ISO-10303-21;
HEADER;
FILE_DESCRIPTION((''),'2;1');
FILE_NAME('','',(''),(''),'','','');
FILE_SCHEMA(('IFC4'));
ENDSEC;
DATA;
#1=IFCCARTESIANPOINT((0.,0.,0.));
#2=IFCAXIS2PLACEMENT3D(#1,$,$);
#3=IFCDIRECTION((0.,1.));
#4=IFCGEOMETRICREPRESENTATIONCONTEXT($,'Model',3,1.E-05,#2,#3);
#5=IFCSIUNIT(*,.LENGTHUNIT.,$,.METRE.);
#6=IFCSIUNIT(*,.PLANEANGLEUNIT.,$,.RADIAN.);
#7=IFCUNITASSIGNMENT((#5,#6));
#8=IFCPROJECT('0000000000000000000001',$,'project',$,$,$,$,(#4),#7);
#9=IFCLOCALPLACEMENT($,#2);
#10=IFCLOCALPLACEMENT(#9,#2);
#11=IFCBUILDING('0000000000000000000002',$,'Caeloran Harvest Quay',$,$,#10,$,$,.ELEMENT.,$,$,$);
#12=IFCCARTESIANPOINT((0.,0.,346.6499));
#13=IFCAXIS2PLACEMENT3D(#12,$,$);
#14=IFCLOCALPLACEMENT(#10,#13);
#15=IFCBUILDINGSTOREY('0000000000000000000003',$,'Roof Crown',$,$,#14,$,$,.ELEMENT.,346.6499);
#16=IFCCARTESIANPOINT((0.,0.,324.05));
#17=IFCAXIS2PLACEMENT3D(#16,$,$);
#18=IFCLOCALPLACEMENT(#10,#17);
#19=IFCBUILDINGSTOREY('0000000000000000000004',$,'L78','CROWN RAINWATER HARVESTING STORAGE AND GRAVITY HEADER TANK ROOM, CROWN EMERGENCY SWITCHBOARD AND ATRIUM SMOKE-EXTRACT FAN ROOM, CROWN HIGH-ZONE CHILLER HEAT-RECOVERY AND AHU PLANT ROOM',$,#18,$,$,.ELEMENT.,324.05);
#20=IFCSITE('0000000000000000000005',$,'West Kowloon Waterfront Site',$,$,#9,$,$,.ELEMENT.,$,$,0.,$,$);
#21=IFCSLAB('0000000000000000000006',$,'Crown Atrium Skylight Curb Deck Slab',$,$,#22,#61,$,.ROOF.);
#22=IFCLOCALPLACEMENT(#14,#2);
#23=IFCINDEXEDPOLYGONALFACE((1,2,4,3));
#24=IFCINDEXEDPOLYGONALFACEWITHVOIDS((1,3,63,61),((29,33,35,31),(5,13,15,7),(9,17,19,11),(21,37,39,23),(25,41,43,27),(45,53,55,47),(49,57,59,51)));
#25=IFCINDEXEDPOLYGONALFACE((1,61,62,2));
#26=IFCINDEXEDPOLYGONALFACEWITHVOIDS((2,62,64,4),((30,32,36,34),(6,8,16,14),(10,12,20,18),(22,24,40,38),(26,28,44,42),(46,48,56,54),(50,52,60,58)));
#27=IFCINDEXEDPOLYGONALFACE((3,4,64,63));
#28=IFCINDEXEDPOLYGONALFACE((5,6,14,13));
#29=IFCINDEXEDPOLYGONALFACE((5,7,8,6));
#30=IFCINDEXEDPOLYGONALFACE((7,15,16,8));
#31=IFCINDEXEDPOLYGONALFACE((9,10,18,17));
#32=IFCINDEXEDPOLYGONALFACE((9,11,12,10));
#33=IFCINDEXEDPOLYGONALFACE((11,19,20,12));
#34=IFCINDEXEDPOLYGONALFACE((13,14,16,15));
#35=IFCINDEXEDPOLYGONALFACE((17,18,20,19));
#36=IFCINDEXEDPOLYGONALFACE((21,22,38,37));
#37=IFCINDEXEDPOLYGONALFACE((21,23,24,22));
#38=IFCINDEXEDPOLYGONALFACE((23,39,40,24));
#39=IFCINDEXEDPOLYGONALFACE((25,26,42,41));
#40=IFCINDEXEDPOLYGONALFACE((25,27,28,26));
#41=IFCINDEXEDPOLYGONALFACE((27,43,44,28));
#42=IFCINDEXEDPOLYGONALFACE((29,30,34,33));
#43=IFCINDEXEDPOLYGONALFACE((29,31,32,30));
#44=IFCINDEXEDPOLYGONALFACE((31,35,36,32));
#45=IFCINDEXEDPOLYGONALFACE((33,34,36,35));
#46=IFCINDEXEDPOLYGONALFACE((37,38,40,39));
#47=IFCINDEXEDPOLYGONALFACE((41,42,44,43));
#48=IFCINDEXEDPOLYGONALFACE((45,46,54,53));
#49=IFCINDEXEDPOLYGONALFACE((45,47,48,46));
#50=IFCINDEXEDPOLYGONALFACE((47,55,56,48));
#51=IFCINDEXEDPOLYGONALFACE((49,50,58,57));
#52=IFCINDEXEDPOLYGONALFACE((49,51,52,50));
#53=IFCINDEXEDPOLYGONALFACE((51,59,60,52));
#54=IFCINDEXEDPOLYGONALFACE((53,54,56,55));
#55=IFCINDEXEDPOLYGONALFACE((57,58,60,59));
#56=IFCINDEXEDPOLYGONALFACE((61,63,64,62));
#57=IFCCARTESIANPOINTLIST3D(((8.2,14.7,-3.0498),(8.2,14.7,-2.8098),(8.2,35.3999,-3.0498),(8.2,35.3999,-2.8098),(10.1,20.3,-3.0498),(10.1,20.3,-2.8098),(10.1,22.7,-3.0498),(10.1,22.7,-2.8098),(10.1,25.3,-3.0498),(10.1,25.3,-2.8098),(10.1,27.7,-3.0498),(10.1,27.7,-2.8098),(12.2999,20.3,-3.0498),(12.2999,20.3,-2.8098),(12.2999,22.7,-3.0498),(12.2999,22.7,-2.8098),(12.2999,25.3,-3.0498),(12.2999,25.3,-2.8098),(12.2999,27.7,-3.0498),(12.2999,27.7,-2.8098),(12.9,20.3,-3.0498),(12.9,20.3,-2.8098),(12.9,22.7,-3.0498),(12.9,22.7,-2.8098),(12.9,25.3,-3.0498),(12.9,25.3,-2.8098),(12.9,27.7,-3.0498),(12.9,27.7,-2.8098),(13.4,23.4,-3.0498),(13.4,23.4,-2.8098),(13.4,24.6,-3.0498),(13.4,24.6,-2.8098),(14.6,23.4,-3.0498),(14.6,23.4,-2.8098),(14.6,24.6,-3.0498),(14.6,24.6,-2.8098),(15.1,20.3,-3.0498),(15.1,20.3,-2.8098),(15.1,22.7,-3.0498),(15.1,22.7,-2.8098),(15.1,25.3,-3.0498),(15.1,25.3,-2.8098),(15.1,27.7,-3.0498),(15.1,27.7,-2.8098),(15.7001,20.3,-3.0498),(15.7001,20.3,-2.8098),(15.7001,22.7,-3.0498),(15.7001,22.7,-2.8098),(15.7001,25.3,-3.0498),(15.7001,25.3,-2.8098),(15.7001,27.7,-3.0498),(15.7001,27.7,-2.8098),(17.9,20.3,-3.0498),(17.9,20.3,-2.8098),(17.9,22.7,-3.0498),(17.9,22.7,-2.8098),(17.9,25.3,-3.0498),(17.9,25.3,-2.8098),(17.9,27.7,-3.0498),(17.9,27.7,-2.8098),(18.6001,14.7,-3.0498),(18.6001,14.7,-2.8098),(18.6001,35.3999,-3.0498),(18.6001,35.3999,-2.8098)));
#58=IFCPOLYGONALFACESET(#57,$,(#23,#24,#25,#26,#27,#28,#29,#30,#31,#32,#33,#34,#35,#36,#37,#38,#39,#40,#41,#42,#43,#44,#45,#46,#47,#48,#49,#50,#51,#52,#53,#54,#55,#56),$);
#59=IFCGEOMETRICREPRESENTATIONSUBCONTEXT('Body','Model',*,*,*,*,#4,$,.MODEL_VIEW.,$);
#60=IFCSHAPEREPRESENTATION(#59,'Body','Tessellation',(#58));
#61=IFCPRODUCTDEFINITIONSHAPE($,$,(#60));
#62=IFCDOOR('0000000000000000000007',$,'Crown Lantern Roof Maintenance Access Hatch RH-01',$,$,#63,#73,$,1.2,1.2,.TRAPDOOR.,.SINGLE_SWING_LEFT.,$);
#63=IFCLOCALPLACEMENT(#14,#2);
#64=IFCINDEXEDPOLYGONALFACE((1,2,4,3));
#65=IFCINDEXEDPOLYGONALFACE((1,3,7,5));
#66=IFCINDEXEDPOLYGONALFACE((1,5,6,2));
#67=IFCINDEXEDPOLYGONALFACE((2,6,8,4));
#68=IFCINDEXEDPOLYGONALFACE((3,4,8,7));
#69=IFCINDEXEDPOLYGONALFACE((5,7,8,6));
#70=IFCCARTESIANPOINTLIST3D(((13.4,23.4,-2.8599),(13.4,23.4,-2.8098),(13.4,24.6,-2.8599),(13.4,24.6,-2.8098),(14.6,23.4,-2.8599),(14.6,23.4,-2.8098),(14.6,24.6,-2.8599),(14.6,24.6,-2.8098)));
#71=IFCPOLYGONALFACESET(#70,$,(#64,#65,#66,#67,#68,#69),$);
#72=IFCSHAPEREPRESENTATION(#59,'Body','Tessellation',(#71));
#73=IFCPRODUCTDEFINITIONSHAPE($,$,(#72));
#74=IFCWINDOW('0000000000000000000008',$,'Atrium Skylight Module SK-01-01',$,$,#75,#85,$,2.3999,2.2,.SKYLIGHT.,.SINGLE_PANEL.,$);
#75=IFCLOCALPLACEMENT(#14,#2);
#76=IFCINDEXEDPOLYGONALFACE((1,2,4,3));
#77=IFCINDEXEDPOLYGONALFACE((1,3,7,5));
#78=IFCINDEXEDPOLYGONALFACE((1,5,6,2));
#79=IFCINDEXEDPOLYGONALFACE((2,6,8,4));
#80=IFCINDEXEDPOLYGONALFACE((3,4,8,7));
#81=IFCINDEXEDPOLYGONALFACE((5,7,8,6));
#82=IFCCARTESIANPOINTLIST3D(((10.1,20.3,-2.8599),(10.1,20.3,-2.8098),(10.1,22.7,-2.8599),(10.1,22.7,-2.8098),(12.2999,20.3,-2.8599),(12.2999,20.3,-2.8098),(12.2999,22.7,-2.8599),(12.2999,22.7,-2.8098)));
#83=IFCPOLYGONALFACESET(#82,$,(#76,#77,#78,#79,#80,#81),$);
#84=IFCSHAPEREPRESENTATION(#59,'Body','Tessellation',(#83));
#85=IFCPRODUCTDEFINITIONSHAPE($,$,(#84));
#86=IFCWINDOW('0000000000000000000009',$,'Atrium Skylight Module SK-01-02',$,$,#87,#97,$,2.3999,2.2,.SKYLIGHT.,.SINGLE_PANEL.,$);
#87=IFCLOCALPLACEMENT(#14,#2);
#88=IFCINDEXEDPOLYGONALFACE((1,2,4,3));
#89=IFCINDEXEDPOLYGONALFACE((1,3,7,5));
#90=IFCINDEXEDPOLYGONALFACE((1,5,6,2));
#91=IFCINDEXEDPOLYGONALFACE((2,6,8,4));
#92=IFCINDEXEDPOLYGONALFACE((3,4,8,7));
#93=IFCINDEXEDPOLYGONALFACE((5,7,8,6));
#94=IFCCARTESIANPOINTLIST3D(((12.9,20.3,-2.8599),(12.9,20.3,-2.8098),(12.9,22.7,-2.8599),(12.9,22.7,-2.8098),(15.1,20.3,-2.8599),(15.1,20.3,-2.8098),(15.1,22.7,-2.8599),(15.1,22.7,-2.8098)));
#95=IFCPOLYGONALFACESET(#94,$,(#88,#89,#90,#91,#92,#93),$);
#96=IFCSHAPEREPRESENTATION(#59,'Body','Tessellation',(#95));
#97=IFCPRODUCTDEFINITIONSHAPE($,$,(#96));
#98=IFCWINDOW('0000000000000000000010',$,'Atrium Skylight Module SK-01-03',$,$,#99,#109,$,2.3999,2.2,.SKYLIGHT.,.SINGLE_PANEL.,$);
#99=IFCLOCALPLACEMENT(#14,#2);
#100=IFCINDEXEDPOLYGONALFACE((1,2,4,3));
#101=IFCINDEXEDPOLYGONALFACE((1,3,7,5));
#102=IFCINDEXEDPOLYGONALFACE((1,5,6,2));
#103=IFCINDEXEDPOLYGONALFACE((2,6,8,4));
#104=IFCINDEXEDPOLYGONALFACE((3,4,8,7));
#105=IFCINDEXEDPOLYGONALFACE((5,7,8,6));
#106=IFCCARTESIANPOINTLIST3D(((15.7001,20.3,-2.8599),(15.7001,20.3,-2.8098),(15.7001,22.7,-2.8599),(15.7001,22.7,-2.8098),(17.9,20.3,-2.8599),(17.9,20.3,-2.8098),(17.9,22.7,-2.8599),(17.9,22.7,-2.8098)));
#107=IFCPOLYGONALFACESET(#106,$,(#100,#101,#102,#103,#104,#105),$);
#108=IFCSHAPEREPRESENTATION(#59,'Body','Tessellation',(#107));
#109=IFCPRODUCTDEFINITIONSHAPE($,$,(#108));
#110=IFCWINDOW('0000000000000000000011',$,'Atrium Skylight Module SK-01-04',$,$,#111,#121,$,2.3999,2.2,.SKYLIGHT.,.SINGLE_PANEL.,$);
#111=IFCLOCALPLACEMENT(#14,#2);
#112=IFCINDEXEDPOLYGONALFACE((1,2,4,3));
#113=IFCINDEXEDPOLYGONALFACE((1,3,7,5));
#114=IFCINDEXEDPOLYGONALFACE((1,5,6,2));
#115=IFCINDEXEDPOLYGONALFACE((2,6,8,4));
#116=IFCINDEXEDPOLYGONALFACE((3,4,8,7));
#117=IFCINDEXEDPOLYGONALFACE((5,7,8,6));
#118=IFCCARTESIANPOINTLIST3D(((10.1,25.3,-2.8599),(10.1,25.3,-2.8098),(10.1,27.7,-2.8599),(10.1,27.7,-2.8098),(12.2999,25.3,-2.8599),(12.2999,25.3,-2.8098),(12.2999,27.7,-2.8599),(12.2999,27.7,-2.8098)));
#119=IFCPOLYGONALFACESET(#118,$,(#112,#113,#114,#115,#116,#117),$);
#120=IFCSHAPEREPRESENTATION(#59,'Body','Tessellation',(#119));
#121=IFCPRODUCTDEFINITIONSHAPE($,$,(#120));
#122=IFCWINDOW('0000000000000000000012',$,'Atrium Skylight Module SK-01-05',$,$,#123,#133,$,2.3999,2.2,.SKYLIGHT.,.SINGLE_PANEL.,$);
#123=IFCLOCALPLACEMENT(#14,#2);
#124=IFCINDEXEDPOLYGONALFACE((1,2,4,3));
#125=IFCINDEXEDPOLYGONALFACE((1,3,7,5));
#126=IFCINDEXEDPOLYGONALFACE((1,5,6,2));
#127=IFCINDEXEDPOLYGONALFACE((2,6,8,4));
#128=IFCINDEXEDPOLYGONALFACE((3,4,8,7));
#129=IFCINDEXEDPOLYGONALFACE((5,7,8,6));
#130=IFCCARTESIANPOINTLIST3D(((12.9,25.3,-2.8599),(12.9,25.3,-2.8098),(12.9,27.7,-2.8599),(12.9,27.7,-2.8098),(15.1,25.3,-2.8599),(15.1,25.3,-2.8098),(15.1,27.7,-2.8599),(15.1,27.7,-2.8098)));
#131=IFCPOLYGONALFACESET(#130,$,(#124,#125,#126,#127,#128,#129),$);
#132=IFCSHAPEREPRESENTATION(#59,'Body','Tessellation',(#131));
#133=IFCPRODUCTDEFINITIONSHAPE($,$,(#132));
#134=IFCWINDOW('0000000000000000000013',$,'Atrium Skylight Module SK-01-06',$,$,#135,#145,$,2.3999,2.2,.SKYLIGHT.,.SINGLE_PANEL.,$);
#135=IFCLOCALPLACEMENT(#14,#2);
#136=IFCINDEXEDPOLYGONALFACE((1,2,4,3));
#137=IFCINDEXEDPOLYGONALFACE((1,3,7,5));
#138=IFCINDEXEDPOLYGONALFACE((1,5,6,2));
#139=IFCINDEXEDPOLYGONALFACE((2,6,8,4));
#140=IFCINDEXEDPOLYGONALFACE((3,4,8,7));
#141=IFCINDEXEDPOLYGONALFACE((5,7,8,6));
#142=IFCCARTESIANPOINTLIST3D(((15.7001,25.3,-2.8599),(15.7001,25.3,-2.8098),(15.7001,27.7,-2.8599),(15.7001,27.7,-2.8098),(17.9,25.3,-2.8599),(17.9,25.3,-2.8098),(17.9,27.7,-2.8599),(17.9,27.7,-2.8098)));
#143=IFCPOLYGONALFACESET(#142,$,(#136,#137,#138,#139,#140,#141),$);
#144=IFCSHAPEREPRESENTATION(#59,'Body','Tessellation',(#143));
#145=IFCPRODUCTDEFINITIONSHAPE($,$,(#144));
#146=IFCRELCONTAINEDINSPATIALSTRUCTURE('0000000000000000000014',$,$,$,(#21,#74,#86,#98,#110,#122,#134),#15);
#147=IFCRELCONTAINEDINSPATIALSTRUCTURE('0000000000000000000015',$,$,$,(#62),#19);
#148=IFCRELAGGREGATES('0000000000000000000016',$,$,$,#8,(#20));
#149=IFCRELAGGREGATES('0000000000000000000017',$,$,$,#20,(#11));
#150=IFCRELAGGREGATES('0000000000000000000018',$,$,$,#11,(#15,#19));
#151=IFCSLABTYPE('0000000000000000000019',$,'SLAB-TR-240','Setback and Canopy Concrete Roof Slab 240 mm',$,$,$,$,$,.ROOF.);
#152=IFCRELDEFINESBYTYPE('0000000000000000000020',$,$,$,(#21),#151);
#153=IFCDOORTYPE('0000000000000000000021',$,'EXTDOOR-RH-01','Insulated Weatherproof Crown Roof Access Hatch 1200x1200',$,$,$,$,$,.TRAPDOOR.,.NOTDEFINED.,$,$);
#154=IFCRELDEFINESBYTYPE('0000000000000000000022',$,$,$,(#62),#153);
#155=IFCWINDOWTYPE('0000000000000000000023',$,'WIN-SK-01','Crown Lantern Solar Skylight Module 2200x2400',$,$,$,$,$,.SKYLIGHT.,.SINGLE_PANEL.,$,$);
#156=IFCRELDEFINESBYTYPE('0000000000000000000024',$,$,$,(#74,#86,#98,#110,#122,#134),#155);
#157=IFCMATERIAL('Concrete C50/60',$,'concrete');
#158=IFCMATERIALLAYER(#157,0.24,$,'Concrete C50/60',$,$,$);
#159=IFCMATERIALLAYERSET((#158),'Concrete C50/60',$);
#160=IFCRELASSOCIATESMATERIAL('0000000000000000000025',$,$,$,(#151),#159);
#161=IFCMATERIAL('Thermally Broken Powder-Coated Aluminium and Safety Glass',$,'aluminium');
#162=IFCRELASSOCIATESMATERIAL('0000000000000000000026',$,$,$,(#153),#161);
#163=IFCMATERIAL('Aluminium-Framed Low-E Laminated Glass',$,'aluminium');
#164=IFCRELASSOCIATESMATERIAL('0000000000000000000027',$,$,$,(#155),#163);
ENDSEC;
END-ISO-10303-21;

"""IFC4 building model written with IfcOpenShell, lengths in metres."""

from ifc_helpers import new_model, si_unit, direction, frame, origin, origin_2d, place, context, subcontext, project, spatial, polyline, rectangle, outline, extrude, material, layer, layer_set, type_object, element, fill, save


model = new_model("IFC4")

# Units and contexts
model_context = context("Model", 3, precision=1e-05, world=origin(), true_north=direction((0.0, 1.0)))
body_context = subcontext(model_context, "Body", "Model", "MODEL_VIEW")
ifc_project = project(units=[si_unit("LENGTHUNIT", "METRE"), si_unit("PLANEANGLEUNIT", "RADIAN")], contexts=[model_context])

# Site, building, storey
site_placement = place(None, origin())
site = spatial("IfcSite", under=ifc_project, at=site_placement, Name="West Kowloon Waterfront Site", CompositionType="ELEMENT", RefElevation=0.0)
building_placement = place(site_placement, origin())
building = spatial("IfcBuilding", under=site, at=building_placement, Name="Caeloran Harvest Quay", CompositionType="ELEMENT")
storey_1_placement = place(building_placement, frame((0.0, 0.0, 346.6499)))
storey_1 = spatial("IfcBuildingStorey", under=building, at=storey_1_placement, Name="Roof Crown", CompositionType="ELEMENT", Elevation=346.6499)

# Shared definitions
ifc_material_1 = material(Name="Concrete C50/60", Category="concrete")

# Slab, openings
ifc_layer_1 = layer(ifc_material_1, 0.24, Name="Concrete C50/60")
ifc_layer_set_1 = layer_set([ifc_layer_1], Name="Concrete C50/60")
slab_type_1 = type_object("IfcSlabType", Name="SLAB-TR-240", Description="Setback and Canopy Concrete Roof Slab 240 mm", PredefinedType="ROOF", material=ifc_layer_set_1)
slab_1_placement = place(storey_1_placement, frame((0.0, 0.0, -3.0498)))
slab_1 = element("IfcSlab", 1, at=slab_1_placement, inside=storey_1, type_object=slab_type_1, Name="Crown Atrium Skylight Curb Deck Slab", PredefinedType="ROOF", context=body_context, shape_type="SweptSolid", body=[
    extrude(outline(polyline([(8.2, 14.7), (18.6001, 14.7), (18.6001, 35.3999), (8.2, 35.3999), (8.2, 14.7)])), origin(), (0.0, 0.0, 1.0), 0.24),
])
opening_1_placement = place(slab_1_placement, frame((11.2, 21.5, -0.01)))
opening_1 = element("IfcOpeningElement", 2, at=opening_1_placement, cuts=slab_1, PredefinedType="OPENING", context=body_context, shape_type="SweptSolid", body=[
    extrude(rectangle(XDim=2.2, YDim=2.3999, at=origin_2d()), origin(), (0.0, 0.0, 1.0), 0.26),
])
opening_2_placement = place(slab_1_placement, frame((14.0, 21.5, -0.01)))
opening_2 = element("IfcOpeningElement", 3, at=opening_2_placement, cuts=slab_1, PredefinedType="OPENING", context=body_context, shape_type="SweptSolid", body=[
    extrude(rectangle(XDim=2.2, YDim=2.3999, at=origin_2d()), origin(), (0.0, 0.0, 1.0), 0.26),
])
opening_3_placement = place(slab_1_placement, frame((16.8, 21.5, -0.01)))
opening_3 = element("IfcOpeningElement", 4, at=opening_3_placement, cuts=slab_1, PredefinedType="OPENING", context=body_context, shape_type="SweptSolid", body=[
    extrude(rectangle(XDim=2.2, YDim=2.3999, at=origin_2d()), origin(), (0.0, 0.0, 1.0), 0.26),
])
opening_4_placement = place(slab_1_placement, frame((11.2, 26.5, -0.01)))
opening_4 = element("IfcOpeningElement", 5, at=opening_4_placement, cuts=slab_1, PredefinedType="OPENING", context=body_context, shape_type="SweptSolid", body=[
    extrude(rectangle(XDim=2.2, YDim=2.3999, at=origin_2d()), origin(), (0.0, 0.0, 1.0), 0.26),
])
opening_5_placement = place(slab_1_placement, frame((14.0, 26.5, -0.01)))
opening_5 = element("IfcOpeningElement", 6, at=opening_5_placement, cuts=slab_1, PredefinedType="OPENING", context=body_context, shape_type="SweptSolid", body=[
    extrude(rectangle(XDim=2.2, YDim=2.3999, at=origin_2d()), origin(), (0.0, 0.0, 1.0), 0.26),
])
opening_6_placement = place(slab_1_placement, frame((16.8, 26.5, -0.01)))
opening_6 = element("IfcOpeningElement", 7, at=opening_6_placement, cuts=slab_1, PredefinedType="OPENING", context=body_context, shape_type="SweptSolid", body=[
    extrude(rectangle(XDim=2.2, YDim=2.3999, at=origin_2d()), origin(), (0.0, 0.0, 1.0), 0.26),
])
opening_7_placement = place(slab_1_placement, frame((14.0, 24.0, -0.01)))
opening_7 = element("IfcOpeningElement", 8, at=opening_7_placement, cuts=slab_1, PredefinedType="OPENING", context=body_context, shape_type="SweptSolid", body=[
    extrude(rectangle(XDim=1.2, YDim=1.2, at=origin_2d()), origin(), (0.0, 0.0, 1.0), 0.26),
])

# Shared definitions
storey_2_placement = place(building_placement, frame((0.0, 0.0, 324.05)))
storey_2 = spatial("IfcBuildingStorey", under=building, at=storey_2_placement, Name="L78", Description="CROWN RAINWATER HARVESTING STORAGE AND GRAVITY HEADER TANK ROOM, CROWN EMERGENCY SWITCHBOARD AND ATRIUM SMOKE-EXTRACT FAN ROOM, CROWN HIGH-ZONE CHILLER HEAT-RECOVERY AND AHU PLANT ROOM", CompositionType="ELEMENT", Elevation=324.05)

# Door
ifc_material_2 = material(Name="Thermally Broken Powder-Coated Aluminium and Safety Glass", Category="aluminium")
door_type = type_object("IfcDoorType", Name="EXTDOOR-RH-01", Description="Insulated Weatherproof Crown Roof Access Hatch 1200x1200", OperationType="NOTDEFINED", PredefinedType="TRAPDOOR", material=ifc_material_2)
door_placement = place(slab_1_placement, frame((14.0, 24.0, 0.1899)))
door = element("IfcDoor", 9, at=door_placement, inside=storey_2, type_object=door_type, Name="Crown Lantern Roof Maintenance Access Hatch RH-01", OperationType="SINGLE_SWING_LEFT", OverallHeight=1.2, OverallWidth=1.2, PredefinedType="TRAPDOOR", context=body_context, shape_type="SweptSolid", body=[
    extrude(rectangle(XDim=1.2, YDim=1.2, at=origin_2d()), origin(), (0.0, 0.0, 1.0), 0.05),
])
fill(opening_7, door)

# Windows
ifc_material_3 = material(Name="Aluminium-Framed Low-E Laminated Glass", Category="aluminium")
window_type = type_object("IfcWindowType", Name="WIN-SK-01", Description="Crown Lantern Solar Skylight Module 2200x2400", PartitioningType="SINGLE_PANEL", PredefinedType="SKYLIGHT", material=ifc_material_3)
window_1_placement = place(slab_1_placement, frame((11.2, 21.5, 0.1899)))
window_1 = element("IfcWindow", 10, at=window_1_placement, inside=storey_1, type_object=window_type, Name="Atrium Skylight Module SK-01-01", OverallHeight=2.3999, OverallWidth=2.2, PartitioningType="SINGLE_PANEL", PredefinedType="SKYLIGHT", context=body_context, shape_type="SweptSolid", body=[
    extrude(rectangle(XDim=2.2, YDim=2.3999, at=origin_2d()), origin(), (0.0, 0.0, 1.0), 0.05),
])
fill(opening_1, window_1)
window_2_placement = place(slab_1_placement, frame((14.0, 21.5, 0.1899)))
window_2 = element("IfcWindow", 11, at=window_2_placement, inside=storey_1, type_object=window_type, Name="Atrium Skylight Module SK-01-02", OverallHeight=2.3999, OverallWidth=2.2, PartitioningType="SINGLE_PANEL", PredefinedType="SKYLIGHT", context=body_context, shape_type="SweptSolid", body=[
    extrude(rectangle(XDim=2.2, YDim=2.3999, at=origin_2d()), origin(), (0.0, 0.0, 1.0), 0.05),
])
fill(opening_2, window_2)
window_3_placement = place(slab_1_placement, frame((16.8, 21.5, 0.1899)))
window_3 = element("IfcWindow", 12, at=window_3_placement, inside=storey_1, type_object=window_type, Name="Atrium Skylight Module SK-01-03", OverallHeight=2.3999, OverallWidth=2.2, PartitioningType="SINGLE_PANEL", PredefinedType="SKYLIGHT", context=body_context, shape_type="SweptSolid", body=[
    extrude(rectangle(XDim=2.2, YDim=2.3999, at=origin_2d()), origin(), (0.0, 0.0, 1.0), 0.05),
])
fill(opening_3, window_3)
window_4_placement = place(slab_1_placement, frame((11.2, 26.5, 0.1899)))
window_4 = element("IfcWindow", 13, at=window_4_placement, inside=storey_1, type_object=window_type, Name="Atrium Skylight Module SK-01-04", OverallHeight=2.3999, OverallWidth=2.2, PartitioningType="SINGLE_PANEL", PredefinedType="SKYLIGHT", context=body_context, shape_type="SweptSolid", body=[
    extrude(rectangle(XDim=2.2, YDim=2.3999, at=origin_2d()), origin(), (0.0, 0.0, 1.0), 0.05),
])
fill(opening_4, window_4)
window_5_placement = place(slab_1_placement, frame((14.0, 26.5, 0.1899)))
window_5 = element("IfcWindow", 14, at=window_5_placement, inside=storey_1, type_object=window_type, Name="Atrium Skylight Module SK-01-05", OverallHeight=2.3999, OverallWidth=2.2, PartitioningType="SINGLE_PANEL", PredefinedType="SKYLIGHT", context=body_context, shape_type="SweptSolid", body=[
    extrude(rectangle(XDim=2.2, YDim=2.3999, at=origin_2d()), origin(), (0.0, 0.0, 1.0), 0.05),
])
fill(opening_5, window_5)
window_6_placement = place(slab_1_placement, frame((16.8, 26.5, 0.1899)))
window_6 = element("IfcWindow", 15, at=window_6_placement, inside=storey_1, type_object=window_type, Name="Atrium Skylight Module SK-01-06", OverallHeight=2.3999, OverallWidth=2.2, PartitioningType="SINGLE_PANEL", PredefinedType="SKYLIGHT", context=body_context, shape_type="SweptSolid", body=[
    extrude(rectangle(XDim=2.2, YDim=2.3999, at=origin_2d()), origin(), (0.0, 0.0, 1.0), 0.05),
])
fill(opening_6, window_6)

save(model, "model.ifc")
